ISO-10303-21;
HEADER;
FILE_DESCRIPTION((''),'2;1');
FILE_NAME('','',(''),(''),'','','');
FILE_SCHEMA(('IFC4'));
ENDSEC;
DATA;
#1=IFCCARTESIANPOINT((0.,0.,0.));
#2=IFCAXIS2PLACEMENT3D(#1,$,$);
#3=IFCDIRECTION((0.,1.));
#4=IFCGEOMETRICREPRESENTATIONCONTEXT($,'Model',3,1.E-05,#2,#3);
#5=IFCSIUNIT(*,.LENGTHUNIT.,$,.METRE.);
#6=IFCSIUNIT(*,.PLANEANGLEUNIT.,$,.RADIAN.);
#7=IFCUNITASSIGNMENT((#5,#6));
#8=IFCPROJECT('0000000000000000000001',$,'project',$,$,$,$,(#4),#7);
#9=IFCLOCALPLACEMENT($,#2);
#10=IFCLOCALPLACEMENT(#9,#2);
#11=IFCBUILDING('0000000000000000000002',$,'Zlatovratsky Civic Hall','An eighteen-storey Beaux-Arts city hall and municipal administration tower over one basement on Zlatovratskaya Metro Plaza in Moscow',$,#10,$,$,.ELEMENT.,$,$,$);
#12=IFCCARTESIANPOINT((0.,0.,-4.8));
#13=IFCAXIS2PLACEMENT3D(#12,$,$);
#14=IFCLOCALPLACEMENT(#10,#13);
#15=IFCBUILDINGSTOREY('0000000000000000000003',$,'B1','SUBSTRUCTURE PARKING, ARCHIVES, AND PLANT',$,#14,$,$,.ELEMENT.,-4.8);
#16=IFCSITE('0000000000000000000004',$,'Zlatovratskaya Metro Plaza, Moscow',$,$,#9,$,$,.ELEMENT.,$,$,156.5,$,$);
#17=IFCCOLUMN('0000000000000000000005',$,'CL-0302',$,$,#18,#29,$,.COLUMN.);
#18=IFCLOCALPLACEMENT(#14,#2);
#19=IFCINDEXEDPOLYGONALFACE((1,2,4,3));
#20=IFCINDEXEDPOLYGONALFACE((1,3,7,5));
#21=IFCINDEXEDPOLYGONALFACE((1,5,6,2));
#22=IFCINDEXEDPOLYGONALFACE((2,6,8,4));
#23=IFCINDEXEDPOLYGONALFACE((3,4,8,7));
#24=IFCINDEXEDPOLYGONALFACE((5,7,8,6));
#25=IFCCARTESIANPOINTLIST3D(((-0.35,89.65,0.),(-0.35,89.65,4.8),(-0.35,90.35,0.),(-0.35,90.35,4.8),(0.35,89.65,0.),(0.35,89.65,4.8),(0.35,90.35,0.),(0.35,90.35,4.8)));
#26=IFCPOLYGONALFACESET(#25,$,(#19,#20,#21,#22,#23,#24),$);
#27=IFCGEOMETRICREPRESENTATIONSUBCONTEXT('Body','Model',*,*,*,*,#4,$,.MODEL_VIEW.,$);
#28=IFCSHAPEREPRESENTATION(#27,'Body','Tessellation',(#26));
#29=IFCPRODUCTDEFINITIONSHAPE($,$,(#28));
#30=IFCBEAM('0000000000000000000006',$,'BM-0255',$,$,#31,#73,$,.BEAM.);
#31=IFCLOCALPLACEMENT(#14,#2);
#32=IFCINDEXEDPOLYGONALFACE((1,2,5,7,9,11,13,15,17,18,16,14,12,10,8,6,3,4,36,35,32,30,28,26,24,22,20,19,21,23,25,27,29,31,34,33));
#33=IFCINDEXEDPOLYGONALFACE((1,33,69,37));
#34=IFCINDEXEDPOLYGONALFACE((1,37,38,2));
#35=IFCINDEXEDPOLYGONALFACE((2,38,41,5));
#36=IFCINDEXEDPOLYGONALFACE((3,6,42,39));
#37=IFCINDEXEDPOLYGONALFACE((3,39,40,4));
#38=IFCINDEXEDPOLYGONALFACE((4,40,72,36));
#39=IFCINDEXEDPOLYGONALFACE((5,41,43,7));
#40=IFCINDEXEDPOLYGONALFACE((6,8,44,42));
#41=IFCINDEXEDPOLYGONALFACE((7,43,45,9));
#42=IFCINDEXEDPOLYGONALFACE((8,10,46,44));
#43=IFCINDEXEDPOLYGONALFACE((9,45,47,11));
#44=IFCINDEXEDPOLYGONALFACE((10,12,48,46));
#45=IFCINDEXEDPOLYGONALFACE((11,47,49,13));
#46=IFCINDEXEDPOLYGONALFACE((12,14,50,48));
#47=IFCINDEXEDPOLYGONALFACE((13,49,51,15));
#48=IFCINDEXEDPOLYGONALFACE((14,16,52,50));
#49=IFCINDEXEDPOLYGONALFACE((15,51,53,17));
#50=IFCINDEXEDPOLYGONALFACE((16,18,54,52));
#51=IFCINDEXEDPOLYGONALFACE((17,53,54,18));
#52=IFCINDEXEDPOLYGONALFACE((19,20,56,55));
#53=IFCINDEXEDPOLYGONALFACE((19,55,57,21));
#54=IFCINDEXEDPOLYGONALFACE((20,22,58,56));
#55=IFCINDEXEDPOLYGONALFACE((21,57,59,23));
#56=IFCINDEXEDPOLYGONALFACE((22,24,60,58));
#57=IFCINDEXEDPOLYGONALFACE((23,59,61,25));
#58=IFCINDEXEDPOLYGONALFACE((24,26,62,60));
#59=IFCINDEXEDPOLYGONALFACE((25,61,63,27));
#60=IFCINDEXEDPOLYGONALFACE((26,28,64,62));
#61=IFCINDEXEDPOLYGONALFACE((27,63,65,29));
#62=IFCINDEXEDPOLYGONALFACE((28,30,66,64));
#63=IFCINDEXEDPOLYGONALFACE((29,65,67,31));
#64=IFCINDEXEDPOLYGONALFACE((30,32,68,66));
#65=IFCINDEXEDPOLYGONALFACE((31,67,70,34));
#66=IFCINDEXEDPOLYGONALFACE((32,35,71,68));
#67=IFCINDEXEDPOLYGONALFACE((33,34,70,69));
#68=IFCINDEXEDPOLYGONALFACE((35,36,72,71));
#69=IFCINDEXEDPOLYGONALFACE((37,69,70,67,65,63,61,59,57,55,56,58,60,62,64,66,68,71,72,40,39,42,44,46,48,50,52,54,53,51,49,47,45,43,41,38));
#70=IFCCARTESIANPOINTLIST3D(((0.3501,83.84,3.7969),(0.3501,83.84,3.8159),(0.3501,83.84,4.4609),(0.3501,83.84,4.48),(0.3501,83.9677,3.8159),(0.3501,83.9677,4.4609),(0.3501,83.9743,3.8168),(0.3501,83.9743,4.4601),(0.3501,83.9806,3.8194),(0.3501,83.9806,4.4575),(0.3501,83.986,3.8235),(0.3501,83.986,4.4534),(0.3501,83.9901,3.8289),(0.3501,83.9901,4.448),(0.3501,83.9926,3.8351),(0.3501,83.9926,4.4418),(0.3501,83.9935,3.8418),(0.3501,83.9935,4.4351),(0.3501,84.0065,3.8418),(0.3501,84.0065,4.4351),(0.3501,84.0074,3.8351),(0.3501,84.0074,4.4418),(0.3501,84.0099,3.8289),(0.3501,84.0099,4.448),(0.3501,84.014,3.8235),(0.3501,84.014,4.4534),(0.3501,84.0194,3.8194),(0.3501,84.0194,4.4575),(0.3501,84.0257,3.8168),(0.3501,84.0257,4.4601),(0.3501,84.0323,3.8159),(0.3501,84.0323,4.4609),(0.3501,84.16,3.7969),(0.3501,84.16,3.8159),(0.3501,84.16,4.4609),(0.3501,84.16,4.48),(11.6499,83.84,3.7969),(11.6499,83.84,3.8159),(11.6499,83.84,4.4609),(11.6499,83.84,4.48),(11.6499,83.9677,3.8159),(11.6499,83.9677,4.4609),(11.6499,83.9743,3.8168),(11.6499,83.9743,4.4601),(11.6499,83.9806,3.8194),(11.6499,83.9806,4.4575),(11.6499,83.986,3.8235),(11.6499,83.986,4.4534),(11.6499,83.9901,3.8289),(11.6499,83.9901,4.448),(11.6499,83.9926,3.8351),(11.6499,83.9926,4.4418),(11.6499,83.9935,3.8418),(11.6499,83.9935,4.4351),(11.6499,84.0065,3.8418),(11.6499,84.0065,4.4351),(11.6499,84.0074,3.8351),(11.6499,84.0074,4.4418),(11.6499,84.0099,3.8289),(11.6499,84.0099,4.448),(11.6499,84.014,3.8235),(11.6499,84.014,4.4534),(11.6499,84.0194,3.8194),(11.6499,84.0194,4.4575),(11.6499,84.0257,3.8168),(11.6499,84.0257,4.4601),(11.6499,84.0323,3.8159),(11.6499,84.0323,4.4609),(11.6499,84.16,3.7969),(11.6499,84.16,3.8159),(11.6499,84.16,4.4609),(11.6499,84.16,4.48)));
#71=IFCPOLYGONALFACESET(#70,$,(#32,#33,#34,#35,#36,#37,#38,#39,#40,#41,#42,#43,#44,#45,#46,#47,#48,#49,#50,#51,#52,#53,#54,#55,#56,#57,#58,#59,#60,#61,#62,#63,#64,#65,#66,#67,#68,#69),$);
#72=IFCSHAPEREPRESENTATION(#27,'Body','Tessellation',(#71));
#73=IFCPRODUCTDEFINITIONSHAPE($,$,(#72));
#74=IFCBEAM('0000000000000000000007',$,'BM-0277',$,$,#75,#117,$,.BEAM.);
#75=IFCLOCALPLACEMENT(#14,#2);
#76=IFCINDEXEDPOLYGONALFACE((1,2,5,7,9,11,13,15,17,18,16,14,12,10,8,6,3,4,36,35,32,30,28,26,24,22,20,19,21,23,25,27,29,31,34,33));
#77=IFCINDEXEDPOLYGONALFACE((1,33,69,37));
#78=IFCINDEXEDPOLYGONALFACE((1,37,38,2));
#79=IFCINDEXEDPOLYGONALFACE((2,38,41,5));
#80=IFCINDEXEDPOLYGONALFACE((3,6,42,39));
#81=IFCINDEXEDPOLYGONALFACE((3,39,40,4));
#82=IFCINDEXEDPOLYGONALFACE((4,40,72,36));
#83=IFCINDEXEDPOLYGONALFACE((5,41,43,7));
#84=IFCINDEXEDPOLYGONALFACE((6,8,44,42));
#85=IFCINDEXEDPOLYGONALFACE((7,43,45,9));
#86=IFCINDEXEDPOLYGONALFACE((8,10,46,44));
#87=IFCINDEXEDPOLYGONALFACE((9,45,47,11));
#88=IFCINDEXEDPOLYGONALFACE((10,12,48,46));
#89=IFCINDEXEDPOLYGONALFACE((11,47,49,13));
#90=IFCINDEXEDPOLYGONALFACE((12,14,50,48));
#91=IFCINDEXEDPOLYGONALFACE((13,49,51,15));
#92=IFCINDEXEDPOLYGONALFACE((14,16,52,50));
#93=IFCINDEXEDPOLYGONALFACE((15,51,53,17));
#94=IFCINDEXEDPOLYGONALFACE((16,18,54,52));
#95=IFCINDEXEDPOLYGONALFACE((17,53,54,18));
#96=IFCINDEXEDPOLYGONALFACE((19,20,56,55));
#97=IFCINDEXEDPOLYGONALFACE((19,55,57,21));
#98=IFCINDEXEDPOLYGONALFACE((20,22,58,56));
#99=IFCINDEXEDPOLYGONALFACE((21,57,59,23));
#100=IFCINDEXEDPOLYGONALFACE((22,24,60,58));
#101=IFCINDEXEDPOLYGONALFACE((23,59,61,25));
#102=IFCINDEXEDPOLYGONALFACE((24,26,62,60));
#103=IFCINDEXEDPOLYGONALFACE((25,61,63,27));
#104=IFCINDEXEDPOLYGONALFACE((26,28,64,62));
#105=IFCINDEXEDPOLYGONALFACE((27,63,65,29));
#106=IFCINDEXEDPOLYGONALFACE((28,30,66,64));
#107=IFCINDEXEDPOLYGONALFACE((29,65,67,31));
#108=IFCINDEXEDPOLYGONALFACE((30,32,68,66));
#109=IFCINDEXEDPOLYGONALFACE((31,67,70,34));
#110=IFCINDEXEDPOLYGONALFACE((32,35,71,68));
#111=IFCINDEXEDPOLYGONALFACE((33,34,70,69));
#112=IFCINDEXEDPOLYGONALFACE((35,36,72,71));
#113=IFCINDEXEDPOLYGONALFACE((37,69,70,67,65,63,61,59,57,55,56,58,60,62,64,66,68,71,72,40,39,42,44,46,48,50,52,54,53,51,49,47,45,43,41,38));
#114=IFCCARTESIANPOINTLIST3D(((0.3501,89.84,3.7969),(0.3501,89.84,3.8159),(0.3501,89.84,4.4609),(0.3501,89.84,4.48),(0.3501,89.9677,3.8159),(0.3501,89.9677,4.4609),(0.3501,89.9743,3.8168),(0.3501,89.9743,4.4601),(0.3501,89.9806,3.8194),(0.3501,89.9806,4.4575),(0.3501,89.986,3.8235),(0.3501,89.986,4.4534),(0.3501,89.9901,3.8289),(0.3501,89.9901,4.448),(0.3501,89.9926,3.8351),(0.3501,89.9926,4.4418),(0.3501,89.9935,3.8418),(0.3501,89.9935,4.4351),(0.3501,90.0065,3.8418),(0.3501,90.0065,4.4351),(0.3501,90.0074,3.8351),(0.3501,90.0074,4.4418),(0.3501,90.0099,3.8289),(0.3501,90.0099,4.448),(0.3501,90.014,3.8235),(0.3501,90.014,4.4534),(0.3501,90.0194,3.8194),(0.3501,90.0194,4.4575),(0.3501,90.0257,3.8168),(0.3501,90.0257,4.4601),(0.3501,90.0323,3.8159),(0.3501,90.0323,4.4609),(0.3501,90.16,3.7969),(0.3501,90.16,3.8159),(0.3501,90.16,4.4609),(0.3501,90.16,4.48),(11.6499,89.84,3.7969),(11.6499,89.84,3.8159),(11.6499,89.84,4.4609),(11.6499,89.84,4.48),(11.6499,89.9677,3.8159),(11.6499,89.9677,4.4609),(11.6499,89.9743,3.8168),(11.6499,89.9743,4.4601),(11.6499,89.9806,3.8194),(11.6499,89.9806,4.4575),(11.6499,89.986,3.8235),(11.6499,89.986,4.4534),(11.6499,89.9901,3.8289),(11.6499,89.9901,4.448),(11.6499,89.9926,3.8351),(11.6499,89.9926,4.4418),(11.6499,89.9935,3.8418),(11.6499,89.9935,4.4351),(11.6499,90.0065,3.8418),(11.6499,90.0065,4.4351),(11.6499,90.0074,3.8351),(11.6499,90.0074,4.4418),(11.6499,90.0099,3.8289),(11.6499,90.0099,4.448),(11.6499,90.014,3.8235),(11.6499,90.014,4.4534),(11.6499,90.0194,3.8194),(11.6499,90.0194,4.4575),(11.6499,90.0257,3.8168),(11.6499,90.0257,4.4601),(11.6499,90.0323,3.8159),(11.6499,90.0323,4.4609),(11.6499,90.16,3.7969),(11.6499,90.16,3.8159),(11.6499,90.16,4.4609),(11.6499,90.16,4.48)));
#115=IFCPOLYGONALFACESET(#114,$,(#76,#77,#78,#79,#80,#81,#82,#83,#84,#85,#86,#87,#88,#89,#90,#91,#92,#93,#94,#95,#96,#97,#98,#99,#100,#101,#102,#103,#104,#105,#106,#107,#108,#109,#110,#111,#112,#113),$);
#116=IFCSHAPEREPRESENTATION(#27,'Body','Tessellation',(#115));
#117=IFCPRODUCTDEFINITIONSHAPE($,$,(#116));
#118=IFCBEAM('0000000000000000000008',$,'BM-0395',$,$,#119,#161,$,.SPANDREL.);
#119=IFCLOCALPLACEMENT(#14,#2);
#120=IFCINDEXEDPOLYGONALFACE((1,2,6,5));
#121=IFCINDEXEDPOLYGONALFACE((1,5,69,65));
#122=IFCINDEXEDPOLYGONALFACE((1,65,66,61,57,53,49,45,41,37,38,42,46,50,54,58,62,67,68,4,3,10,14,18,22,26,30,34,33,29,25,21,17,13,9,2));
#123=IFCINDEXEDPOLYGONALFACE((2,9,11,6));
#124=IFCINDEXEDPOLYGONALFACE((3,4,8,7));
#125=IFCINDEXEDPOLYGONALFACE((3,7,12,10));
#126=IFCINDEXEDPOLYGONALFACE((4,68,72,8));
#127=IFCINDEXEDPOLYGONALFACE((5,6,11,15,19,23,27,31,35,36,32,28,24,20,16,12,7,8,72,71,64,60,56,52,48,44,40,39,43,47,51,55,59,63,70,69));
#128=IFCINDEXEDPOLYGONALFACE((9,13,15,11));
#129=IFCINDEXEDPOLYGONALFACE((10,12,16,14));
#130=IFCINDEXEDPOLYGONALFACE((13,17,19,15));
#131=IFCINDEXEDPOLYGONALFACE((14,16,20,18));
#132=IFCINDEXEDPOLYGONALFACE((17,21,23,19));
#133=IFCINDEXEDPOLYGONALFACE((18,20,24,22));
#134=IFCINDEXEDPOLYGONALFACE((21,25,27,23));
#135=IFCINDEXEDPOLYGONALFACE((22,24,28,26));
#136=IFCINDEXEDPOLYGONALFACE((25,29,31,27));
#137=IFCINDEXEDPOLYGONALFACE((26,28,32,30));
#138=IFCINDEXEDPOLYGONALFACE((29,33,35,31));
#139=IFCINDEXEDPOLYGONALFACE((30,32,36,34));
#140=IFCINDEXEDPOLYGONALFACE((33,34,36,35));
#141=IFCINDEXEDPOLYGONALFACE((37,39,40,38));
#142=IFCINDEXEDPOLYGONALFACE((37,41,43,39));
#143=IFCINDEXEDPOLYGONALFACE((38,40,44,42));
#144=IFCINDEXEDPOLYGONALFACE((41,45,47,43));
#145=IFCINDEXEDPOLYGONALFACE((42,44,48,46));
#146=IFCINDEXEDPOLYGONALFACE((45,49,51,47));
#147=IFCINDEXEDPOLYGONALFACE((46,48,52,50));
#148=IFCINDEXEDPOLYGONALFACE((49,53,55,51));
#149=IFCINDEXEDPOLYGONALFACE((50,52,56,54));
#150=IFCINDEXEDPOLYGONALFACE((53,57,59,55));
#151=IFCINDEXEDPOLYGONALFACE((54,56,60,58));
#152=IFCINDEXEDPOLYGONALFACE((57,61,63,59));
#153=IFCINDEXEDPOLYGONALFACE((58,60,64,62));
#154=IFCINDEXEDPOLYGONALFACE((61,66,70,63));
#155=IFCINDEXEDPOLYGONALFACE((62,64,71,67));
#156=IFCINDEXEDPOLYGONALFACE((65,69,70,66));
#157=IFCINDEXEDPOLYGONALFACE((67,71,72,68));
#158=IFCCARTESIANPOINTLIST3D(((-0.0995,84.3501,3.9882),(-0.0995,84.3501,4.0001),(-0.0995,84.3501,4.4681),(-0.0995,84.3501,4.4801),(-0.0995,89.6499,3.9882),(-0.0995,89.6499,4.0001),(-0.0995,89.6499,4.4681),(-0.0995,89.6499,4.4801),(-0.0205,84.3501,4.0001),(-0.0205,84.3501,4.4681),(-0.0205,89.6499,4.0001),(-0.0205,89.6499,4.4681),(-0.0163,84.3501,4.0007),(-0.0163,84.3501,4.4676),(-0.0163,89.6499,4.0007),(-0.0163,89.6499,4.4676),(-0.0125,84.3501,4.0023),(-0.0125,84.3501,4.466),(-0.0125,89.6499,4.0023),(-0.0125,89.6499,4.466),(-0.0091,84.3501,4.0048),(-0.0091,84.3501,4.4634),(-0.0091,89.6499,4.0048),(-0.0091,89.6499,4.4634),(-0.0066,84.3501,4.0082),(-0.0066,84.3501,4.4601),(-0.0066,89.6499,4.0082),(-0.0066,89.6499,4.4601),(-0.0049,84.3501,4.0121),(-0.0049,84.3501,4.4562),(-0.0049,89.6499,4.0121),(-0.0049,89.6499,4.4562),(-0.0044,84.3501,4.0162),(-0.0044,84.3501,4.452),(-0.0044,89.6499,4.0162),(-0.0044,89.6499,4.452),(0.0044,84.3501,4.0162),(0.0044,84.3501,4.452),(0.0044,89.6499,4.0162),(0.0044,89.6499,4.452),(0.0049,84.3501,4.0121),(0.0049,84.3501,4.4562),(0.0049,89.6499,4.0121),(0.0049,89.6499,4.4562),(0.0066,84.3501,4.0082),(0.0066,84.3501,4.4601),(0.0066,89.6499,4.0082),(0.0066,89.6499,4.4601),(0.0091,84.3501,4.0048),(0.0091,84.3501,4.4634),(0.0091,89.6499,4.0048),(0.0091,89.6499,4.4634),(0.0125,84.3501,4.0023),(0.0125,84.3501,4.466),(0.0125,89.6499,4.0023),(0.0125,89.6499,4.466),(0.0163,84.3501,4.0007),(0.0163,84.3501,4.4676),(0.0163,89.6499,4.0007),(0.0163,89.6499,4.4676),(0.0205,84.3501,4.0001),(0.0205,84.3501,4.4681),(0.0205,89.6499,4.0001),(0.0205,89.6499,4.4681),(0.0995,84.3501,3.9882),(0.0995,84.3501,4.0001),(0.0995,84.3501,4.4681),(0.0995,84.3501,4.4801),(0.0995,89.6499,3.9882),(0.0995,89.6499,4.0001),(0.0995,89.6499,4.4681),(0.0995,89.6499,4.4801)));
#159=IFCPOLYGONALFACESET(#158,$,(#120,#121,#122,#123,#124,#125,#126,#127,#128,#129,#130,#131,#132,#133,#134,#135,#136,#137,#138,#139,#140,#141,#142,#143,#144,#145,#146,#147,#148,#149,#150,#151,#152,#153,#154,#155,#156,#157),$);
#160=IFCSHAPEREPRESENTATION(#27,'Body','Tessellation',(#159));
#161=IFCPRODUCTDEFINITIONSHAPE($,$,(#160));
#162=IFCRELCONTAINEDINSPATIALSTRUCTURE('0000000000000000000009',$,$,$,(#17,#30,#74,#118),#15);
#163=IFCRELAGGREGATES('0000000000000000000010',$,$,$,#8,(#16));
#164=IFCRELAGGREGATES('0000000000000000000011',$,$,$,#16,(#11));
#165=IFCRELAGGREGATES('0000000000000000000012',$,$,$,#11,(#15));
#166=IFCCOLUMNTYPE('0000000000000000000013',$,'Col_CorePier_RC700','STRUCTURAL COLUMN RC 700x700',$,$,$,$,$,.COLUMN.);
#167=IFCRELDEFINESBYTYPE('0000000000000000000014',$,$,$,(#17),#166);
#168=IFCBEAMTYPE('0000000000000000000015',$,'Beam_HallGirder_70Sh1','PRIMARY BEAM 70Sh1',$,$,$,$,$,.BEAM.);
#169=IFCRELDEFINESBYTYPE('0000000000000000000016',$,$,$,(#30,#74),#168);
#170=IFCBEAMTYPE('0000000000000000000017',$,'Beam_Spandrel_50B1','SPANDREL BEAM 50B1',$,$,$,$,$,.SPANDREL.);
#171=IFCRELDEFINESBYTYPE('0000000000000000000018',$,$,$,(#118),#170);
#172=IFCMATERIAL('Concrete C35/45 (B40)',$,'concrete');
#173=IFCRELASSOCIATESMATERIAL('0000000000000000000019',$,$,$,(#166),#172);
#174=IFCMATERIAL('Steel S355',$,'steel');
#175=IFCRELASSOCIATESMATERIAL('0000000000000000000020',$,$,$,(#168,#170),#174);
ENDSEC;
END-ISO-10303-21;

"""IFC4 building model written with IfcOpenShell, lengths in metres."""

from ifc_helpers import new_model, si_unit, direction, frame, origin, origin_2d, place, context, subcontext, project, spatial, rectangle, i_section, extrude, material, material_profile, profile_set, type_object, element, save


model = new_model("IFC4")

# Units and contexts
model_context = context("Model", 3, precision=1e-05, world=origin(), true_north=direction((0.0, 1.0)))
body_context = subcontext(model_context, "Body", "Model", "MODEL_VIEW")
ifc_project = project(units=[si_unit("LENGTHUNIT", "METRE"), si_unit("PLANEANGLEUNIT", "RADIAN")], contexts=[model_context])

# Site, building, storey
site_placement = place(None, origin())
site = spatial("IfcSite", under=ifc_project, at=site_placement, Name="Zlatovratskaya Metro Plaza, Moscow", CompositionType="ELEMENT", RefElevation=156.5)
building_placement = place(site_placement, origin())
building = spatial("IfcBuilding", under=site, at=building_placement, Name="Zlatovratsky Civic Hall", Description="An eighteen-storey Beaux-Arts city hall and municipal administration tower over one basement on Zlatovratskaya Metro Plaza in Moscow", CompositionType="ELEMENT")
storey_placement = place(building_placement, frame((0.0, 0.0, -4.8)))
storey = spatial("IfcBuildingStorey", under=building, at=storey_placement, Name="B1", Description="SUBSTRUCTURE PARKING, ARCHIVES, AND PLANT", CompositionType="ELEMENT", Elevation=-4.8)

# Column
ifc_material_1 = material(Name="Concrete C35/45 (B40)", Category="concrete")
ifc_material_profile_1 = material_profile(ifc_material_1, rectangle(XDim=0.7, YDim=0.7, at=origin_2d()), Name="RC 700x700")
ifc_profile_set_1 = profile_set([ifc_material_profile_1], Name="Concrete C35/45 (B40)")
column_type = type_object("IfcColumnType", Name="Col_CorePier_RC700", Description="STRUCTURAL COLUMN RC 700x700", PredefinedType="COLUMN", material=ifc_profile_set_1)
for number, where, z_axis, x_axis, name in (
    (1, (0.0, 90.0, 0.0), (0.0, 0.0, 1.0), (1.0, 0.0, 0.0), "CL-0302"),
):
    element("IfcColumn", number, at=place(storey_placement, frame(where, z_axis=z_axis, x_axis=x_axis)), inside=storey, type_object=column_type, Name=name, PredefinedType="COLUMN", context=body_context, shape_type="SweptSolid", body=[
        extrude(rectangle(XDim=0.7, YDim=0.7, at=origin_2d()), origin(), (0.0, 0.0, 1.0), 4.8),
    ])

# Beams
ifc_material_2 = material(Name="Steel S355", Category="steel")
ifc_material_profile_2 = material_profile(ifc_material_2, i_section(OverallWidth=0.3201, OverallDepth=0.6831, WebThickness=0.0129, FlangeThickness=0.019, FilletRadius=0.0259, at=origin_2d()), Name="70Sh1")
ifc_profile_set_2 = profile_set([ifc_material_profile_2], Name="Steel S355")
beam_type_1 = type_object("IfcBeamType", Name="Beam_HallGirder_70Sh1", Description="PRIMARY BEAM 70Sh1", PredefinedType="BEAM", material=ifc_profile_set_2)
for number, where, z_axis, x_axis, name in (
    (2, (0.3501, 84.0, 4.1384), (1.0, 0.0, 0.0), (0.0, 1.0, 0.0), "BM-0255"),
    (3, (0.3501, 90.0, 4.1384), (1.0, 0.0, 0.0), (0.0, 1.0, 0.0), "BM-0277"),
):
    element("IfcBeam", number, at=place(storey_placement, frame(where, z_axis=z_axis, x_axis=x_axis)), inside=storey, type_object=beam_type_1, Name=name, PredefinedType="BEAM", context=body_context, shape_type="SweptSolid", body=[
        extrude(i_section(OverallWidth=0.3201, OverallDepth=0.6831, WebThickness=0.0129, FlangeThickness=0.019, FilletRadius=0.0259, at=origin_2d()), origin(), (0.0, 0.0, 1.0), 11.2998),
    ])
ifc_material_profile_3 = material_profile(ifc_material_2, i_section(OverallWidth=0.199, OverallDepth=0.4919, WebThickness=0.0088, FlangeThickness=0.012, FilletRadius=0.0161, at=origin_2d()), Name="50B1")
ifc_profile_set_3 = profile_set([ifc_material_profile_3], Name="Steel S355")
beam_type_2 = type_object("IfcBeamType", Name="Beam_Spandrel_50B1", Description="SPANDREL BEAM 50B1", PredefinedType="SPANDREL", material=ifc_profile_set_3)
for number, where, z_axis, x_axis, name in (
    (4, (0.0, 84.3501, 4.2341), (0.0, 1.0, 0.0), (-1.0, 0.0, 0.0), "BM-0395"),
):
    element("IfcBeam", number, at=place(storey_placement, frame(where, z_axis=z_axis, x_axis=x_axis)), inside=storey, type_object=beam_type_2, Name=name, PredefinedType="SPANDREL", context=body_context, shape_type="SweptSolid", body=[
        extrude(i_section(OverallWidth=0.199, OverallDepth=0.4919, WebThickness=0.0088, FlangeThickness=0.012, FilletRadius=0.0161, at=origin_2d()), origin(), (0.0, 0.0, 1.0), 5.2998),
    ])

save(model, "model.ifc")
